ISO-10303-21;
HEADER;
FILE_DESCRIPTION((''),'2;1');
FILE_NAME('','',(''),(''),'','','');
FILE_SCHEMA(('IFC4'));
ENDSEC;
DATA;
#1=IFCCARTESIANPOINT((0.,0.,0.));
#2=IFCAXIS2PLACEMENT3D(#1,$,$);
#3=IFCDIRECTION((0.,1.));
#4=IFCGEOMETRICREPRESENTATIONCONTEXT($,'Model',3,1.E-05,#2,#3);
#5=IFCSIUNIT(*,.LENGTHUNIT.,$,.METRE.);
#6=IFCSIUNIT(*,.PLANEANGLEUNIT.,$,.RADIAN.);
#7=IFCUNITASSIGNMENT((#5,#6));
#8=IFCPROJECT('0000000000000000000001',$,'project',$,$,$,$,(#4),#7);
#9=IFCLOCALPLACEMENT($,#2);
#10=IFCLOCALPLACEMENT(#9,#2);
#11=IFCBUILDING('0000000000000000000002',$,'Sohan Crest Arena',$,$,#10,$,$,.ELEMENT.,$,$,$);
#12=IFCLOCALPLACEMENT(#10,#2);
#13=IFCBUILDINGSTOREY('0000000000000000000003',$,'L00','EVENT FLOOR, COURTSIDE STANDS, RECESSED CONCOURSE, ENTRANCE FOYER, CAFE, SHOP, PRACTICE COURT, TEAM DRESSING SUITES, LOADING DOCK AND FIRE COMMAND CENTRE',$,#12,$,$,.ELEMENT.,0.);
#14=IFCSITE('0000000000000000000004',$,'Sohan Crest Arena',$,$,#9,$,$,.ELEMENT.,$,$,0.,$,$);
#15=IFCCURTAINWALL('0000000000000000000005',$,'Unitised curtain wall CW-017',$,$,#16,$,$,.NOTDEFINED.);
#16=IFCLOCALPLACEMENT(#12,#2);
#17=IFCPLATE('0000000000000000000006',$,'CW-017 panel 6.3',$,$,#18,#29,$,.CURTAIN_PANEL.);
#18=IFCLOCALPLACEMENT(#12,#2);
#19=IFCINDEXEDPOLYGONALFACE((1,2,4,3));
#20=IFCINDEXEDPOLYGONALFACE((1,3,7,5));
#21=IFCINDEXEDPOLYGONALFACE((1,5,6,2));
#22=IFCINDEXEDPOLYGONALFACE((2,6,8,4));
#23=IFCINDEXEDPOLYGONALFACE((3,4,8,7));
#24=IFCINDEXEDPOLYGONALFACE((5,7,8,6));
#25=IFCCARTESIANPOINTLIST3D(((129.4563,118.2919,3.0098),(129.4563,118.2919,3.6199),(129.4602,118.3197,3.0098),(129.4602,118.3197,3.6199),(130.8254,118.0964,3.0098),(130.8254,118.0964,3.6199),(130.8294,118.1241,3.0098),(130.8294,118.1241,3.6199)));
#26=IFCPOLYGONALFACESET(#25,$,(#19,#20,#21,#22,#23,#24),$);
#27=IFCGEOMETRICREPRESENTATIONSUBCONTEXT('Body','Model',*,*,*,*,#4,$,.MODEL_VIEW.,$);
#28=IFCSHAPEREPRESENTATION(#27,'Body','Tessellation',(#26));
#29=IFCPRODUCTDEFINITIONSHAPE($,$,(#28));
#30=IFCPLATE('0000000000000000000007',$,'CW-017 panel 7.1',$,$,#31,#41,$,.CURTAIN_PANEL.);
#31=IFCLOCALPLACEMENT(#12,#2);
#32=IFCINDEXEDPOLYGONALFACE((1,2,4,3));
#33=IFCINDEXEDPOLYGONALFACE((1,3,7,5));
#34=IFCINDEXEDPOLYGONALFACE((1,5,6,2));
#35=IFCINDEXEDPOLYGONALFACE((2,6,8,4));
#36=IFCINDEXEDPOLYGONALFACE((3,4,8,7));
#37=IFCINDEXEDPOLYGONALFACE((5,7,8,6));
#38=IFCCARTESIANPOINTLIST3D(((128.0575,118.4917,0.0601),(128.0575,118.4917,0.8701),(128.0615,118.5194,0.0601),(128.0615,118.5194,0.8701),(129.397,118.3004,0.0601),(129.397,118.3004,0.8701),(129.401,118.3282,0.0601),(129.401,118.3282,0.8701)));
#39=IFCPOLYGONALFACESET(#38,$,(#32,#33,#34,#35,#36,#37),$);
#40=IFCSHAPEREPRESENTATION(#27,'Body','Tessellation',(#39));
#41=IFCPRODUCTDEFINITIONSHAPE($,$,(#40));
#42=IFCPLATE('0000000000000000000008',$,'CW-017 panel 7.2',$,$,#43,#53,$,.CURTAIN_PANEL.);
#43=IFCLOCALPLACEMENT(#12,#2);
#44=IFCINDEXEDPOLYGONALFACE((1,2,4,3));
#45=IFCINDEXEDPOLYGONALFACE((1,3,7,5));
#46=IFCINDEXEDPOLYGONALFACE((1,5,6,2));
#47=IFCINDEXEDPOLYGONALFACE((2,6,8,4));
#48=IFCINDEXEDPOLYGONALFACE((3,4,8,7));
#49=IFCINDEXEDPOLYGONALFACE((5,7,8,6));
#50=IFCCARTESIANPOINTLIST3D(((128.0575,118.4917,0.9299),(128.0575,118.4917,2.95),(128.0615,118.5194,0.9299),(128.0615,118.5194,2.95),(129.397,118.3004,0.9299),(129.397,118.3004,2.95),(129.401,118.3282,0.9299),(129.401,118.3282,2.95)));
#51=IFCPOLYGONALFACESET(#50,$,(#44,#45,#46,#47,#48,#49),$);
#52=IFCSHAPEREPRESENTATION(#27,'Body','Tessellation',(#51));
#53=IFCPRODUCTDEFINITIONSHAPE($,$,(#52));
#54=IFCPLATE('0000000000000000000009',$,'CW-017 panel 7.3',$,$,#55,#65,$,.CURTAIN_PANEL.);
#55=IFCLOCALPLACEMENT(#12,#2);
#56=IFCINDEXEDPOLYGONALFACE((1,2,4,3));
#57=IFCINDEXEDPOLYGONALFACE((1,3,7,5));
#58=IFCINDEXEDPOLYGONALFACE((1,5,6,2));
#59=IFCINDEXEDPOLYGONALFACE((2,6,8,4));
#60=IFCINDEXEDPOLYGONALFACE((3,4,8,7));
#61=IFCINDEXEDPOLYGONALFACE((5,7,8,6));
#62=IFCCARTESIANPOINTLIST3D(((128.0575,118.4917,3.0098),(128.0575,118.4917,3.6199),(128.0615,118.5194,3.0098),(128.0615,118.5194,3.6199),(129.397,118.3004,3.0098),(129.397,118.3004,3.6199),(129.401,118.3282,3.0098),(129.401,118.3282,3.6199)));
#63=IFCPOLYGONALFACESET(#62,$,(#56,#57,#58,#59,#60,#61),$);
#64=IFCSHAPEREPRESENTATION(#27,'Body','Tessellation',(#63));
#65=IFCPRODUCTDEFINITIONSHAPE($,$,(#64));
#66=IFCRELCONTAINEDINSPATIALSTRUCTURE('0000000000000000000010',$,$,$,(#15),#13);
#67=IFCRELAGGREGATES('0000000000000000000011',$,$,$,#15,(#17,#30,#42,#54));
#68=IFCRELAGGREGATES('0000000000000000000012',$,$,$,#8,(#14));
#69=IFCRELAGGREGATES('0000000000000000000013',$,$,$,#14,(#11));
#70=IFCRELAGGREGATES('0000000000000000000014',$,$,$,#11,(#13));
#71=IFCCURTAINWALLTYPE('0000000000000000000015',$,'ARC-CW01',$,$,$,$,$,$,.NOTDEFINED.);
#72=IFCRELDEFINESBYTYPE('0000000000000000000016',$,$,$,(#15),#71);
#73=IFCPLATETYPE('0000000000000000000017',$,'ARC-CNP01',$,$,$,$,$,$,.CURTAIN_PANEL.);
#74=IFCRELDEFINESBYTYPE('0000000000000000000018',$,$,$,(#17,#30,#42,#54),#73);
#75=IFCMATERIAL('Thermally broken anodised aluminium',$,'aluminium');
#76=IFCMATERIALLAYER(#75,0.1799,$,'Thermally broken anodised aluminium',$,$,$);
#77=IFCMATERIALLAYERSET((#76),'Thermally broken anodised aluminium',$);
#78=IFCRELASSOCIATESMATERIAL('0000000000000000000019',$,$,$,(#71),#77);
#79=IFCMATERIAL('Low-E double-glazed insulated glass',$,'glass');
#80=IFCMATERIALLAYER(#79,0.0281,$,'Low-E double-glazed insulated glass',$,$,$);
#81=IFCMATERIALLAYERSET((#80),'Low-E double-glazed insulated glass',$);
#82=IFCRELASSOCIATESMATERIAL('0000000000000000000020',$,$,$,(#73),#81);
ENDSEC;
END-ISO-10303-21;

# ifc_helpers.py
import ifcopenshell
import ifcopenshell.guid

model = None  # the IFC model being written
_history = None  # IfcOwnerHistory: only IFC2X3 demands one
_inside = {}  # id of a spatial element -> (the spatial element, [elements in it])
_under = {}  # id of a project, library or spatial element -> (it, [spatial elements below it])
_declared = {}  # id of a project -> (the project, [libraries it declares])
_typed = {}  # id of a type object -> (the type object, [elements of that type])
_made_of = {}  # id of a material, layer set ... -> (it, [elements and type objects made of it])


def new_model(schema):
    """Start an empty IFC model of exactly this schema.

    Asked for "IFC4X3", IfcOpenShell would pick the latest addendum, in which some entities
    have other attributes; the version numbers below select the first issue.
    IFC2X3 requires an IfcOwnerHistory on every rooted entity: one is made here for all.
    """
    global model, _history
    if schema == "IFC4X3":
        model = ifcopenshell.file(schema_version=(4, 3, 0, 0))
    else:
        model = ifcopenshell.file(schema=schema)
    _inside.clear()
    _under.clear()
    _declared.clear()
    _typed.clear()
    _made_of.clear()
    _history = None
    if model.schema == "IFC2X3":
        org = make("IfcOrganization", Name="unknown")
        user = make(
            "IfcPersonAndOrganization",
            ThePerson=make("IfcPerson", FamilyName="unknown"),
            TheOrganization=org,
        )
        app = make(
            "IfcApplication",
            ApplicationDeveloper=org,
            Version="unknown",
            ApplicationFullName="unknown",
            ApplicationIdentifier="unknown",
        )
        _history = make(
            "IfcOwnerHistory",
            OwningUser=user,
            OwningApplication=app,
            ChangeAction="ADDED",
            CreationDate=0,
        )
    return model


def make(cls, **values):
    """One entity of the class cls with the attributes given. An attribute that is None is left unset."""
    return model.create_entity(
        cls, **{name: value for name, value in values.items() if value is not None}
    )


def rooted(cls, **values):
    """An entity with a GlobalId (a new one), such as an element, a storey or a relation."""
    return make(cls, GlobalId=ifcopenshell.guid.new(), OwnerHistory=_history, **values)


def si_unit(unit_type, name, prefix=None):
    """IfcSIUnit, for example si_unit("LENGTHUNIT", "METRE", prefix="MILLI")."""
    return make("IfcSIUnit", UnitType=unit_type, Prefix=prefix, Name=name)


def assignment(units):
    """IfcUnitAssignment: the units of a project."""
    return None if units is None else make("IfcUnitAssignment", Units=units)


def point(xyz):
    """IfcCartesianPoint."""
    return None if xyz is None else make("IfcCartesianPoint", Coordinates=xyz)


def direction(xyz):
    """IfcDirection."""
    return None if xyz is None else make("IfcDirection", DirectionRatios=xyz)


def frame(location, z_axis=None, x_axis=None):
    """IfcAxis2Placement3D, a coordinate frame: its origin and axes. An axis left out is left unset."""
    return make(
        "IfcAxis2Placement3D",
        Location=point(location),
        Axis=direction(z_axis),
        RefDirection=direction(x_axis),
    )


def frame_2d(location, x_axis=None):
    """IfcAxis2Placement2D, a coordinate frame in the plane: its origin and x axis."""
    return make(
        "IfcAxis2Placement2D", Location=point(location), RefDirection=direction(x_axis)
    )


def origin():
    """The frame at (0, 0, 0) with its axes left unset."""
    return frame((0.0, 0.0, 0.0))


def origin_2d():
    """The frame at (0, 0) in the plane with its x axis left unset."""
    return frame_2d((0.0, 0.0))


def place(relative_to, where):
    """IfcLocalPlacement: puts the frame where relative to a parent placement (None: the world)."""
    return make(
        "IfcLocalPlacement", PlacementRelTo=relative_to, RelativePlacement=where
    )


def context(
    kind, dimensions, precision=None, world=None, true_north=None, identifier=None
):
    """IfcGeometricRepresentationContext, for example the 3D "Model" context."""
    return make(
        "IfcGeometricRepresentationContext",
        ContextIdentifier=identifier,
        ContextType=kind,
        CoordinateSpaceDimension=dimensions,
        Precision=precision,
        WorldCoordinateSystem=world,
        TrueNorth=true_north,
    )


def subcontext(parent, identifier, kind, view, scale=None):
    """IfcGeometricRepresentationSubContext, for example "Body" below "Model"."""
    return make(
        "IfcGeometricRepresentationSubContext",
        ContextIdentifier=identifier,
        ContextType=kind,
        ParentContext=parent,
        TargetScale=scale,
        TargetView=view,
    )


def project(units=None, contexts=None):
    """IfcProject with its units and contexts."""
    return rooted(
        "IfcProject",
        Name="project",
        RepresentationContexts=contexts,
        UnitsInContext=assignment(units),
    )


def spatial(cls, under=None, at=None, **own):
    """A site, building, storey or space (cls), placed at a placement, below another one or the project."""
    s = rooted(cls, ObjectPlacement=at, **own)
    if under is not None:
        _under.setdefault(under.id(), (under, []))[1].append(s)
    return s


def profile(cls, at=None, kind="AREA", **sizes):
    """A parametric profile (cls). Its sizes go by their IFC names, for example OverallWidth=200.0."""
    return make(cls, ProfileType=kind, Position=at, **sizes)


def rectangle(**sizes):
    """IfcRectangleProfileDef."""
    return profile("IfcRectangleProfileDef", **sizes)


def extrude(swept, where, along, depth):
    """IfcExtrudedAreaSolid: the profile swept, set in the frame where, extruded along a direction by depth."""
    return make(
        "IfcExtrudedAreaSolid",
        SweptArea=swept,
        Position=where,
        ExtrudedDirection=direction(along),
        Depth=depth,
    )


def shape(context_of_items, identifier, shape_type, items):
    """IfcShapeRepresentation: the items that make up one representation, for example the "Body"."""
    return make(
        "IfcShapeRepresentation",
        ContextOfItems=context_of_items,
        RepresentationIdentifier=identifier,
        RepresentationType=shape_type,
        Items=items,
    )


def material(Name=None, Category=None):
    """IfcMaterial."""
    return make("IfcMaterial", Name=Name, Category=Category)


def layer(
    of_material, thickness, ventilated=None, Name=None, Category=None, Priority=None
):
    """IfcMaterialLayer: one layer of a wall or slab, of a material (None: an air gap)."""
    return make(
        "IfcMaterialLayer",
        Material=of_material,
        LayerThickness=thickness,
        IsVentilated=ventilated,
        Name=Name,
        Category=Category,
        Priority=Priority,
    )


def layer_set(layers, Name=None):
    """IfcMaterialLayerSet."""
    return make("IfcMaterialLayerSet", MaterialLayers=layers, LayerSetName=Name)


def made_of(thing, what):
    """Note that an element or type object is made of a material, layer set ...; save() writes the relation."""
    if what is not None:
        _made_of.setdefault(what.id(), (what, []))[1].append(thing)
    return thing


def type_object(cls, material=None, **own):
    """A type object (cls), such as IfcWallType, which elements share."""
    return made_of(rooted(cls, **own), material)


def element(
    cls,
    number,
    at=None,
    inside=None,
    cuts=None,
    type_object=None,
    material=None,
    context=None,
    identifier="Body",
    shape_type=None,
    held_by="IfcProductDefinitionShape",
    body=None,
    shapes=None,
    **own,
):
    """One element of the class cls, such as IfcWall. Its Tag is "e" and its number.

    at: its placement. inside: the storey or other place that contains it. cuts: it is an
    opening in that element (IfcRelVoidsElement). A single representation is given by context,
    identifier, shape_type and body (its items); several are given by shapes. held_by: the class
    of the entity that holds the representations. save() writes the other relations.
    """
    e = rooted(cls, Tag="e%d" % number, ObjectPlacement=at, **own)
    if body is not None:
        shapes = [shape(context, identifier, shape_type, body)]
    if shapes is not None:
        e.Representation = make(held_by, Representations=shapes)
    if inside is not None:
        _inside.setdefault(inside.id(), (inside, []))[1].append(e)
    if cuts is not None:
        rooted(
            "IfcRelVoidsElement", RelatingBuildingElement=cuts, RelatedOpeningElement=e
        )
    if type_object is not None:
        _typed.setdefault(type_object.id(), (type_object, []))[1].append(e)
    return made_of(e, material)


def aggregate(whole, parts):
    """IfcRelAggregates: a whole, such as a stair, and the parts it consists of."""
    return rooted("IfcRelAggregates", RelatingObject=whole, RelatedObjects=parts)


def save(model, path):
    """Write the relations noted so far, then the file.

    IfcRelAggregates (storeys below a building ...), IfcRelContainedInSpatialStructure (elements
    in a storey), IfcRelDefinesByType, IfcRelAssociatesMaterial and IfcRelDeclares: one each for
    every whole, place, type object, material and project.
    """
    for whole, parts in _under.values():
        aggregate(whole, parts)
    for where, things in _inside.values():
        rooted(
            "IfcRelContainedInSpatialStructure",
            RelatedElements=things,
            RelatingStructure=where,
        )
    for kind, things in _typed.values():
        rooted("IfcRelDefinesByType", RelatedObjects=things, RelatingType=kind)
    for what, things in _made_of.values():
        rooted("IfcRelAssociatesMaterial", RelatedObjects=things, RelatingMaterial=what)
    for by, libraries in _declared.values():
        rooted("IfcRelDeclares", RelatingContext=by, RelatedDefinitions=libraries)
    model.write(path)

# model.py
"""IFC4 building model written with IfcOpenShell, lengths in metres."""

from ifc_helpers import new_model, si_unit, direction, frame, origin, origin_2d, place, context, subcontext, project, spatial, rectangle, extrude, material, layer, layer_set, type_object, element, aggregate, save


model = new_model("IFC4")

# Units and contexts
model_context = context("Model", 3, precision=1e-05, world=origin(), true_north=direction((0.0, 1.0)))
body_context = subcontext(model_context, "Body", "Model", "MODEL_VIEW")
ifc_project = project(units=[si_unit("LENGTHUNIT", "METRE"), si_unit("PLANEANGLEUNIT", "RADIAN")], contexts=[model_context])

# Site, building, storey
site_placement = place(None, origin())
site = spatial("IfcSite", under=ifc_project, at=site_placement, Name="Sohan Crest Arena", CompositionType="ELEMENT", RefElevation=0.0)
building_placement = place(site_placement, origin())
building = spatial("IfcBuilding", under=site, at=building_placement, Name="Sohan Crest Arena", CompositionType="ELEMENT")
storey_placement = place(building_placement, origin())
storey = spatial("IfcBuildingStorey", under=building, at=storey_placement, Name="L00", Description="EVENT FLOOR, COURTSIDE STANDS, RECESSED CONCOURSE, ENTRANCE FOYER, CAFE, SHOP, PRACTICE COURT, TEAM DRESSING SUITES, LOADING DOCK AND FIRE COMMAND CENTRE", CompositionType="ELEMENT", Elevation=0.0)

# Curtain wall
ifc_material_1 = material(Name="Thermally broken anodised aluminium", Category="aluminium")
ifc_layer_1 = layer(ifc_material_1, 0.1799, Name="Thermally broken anodised aluminium")
ifc_layer_set_1 = layer_set([ifc_layer_1], Name="Thermally broken anodised aluminium")
curtain_wall_type = type_object("IfcCurtainWallType", Name="ARC-CW01", PredefinedType="NOTDEFINED", material=ifc_layer_set_1)
curtain_wall_1_placement = place(storey_placement, origin())
curtain_wall_1 = element("IfcCurtainWall", 1, at=curtain_wall_1_placement, inside=storey, type_object=curtain_wall_type, Name="Unitised curtain wall CW-017", PredefinedType="NOTDEFINED")

# Plates
ifc_material_2 = material(Name="Low-E double-glazed insulated glass", Category="glass")
ifc_layer_2 = layer(ifc_material_2, 0.0281, Name="Low-E double-glazed insulated glass")
ifc_layer_set_2 = layer_set([ifc_layer_2], Name="Low-E double-glazed insulated glass")
plate_type = type_object("IfcPlateType", Name="ARC-CNP01", PredefinedType="CURTAIN_PANEL", material=ifc_layer_set_2)
plate_1_placement = place(storey_placement, frame((130.1428, 118.208, 3.0098), z_axis=(0.0, 0.0, 1.0), x_axis=(-0.989957, 0.141366, 0.0)))
plate_1 = element("IfcPlate", 2, at=plate_1_placement, type_object=plate_type, Name="CW-017 panel 6.3", PredefinedType="CURTAIN_PANEL", context=body_context, shape_type="SweptSolid", body=[
    extrude(rectangle(XDim=1.3831, YDim=0.0281, at=origin_2d()), origin(), (0.0, 0.0, 1.0), 0.6101),
])
plate_2_placement = place(storey_placement, frame((128.7292, 118.4099, 0.0601), z_axis=(0.0, 0.0, 1.0), x_axis=(-0.989957, 0.141366, 0.0)))
plate_2 = element("IfcPlate", 3, at=plate_2_placement, type_object=plate_type, Name="CW-017 panel 7.1", PredefinedType="CURTAIN_PANEL", context=body_context, shape_type="SweptSolid", body=[
    extrude(rectangle(XDim=1.353, YDim=0.0281, at=origin_2d()), origin(), (0.0, 0.0, 1.0), 0.8101),
])
plate_3_placement = place(storey_placement, frame((128.7292, 118.4099, 0.9299), z_axis=(0.0, 0.0, 1.0), x_axis=(-0.989957, 0.141366, 0.0)))
plate_3 = element("IfcPlate", 4, at=plate_3_placement, type_object=plate_type, Name="CW-017 panel 7.2", PredefinedType="CURTAIN_PANEL", context=body_context, shape_type="SweptSolid", body=[
    extrude(rectangle(XDim=1.353, YDim=0.0281, at=origin_2d()), origin(), (0.0, 0.0, 1.0), 2.02),
])
plate_4_placement = place(storey_placement, frame((128.7292, 118.4099, 3.0098), z_axis=(0.0, 0.0, 1.0), x_axis=(-0.989957, 0.141366, 0.0)))
plate_4 = element("IfcPlate", 5, at=plate_4_placement, type_object=plate_type, Name="CW-017 panel 7.3", PredefinedType="CURTAIN_PANEL", context=body_context, shape_type="SweptSolid", body=[
    extrude(rectangle(XDim=1.353, YDim=0.0281, at=origin_2d()), origin(), (0.0, 0.0, 1.0), 0.6101),
])
aggregate(curtain_wall_1, [plate_1, plate_2, plate_3, plate_4])

save(model, "model.ifc")
